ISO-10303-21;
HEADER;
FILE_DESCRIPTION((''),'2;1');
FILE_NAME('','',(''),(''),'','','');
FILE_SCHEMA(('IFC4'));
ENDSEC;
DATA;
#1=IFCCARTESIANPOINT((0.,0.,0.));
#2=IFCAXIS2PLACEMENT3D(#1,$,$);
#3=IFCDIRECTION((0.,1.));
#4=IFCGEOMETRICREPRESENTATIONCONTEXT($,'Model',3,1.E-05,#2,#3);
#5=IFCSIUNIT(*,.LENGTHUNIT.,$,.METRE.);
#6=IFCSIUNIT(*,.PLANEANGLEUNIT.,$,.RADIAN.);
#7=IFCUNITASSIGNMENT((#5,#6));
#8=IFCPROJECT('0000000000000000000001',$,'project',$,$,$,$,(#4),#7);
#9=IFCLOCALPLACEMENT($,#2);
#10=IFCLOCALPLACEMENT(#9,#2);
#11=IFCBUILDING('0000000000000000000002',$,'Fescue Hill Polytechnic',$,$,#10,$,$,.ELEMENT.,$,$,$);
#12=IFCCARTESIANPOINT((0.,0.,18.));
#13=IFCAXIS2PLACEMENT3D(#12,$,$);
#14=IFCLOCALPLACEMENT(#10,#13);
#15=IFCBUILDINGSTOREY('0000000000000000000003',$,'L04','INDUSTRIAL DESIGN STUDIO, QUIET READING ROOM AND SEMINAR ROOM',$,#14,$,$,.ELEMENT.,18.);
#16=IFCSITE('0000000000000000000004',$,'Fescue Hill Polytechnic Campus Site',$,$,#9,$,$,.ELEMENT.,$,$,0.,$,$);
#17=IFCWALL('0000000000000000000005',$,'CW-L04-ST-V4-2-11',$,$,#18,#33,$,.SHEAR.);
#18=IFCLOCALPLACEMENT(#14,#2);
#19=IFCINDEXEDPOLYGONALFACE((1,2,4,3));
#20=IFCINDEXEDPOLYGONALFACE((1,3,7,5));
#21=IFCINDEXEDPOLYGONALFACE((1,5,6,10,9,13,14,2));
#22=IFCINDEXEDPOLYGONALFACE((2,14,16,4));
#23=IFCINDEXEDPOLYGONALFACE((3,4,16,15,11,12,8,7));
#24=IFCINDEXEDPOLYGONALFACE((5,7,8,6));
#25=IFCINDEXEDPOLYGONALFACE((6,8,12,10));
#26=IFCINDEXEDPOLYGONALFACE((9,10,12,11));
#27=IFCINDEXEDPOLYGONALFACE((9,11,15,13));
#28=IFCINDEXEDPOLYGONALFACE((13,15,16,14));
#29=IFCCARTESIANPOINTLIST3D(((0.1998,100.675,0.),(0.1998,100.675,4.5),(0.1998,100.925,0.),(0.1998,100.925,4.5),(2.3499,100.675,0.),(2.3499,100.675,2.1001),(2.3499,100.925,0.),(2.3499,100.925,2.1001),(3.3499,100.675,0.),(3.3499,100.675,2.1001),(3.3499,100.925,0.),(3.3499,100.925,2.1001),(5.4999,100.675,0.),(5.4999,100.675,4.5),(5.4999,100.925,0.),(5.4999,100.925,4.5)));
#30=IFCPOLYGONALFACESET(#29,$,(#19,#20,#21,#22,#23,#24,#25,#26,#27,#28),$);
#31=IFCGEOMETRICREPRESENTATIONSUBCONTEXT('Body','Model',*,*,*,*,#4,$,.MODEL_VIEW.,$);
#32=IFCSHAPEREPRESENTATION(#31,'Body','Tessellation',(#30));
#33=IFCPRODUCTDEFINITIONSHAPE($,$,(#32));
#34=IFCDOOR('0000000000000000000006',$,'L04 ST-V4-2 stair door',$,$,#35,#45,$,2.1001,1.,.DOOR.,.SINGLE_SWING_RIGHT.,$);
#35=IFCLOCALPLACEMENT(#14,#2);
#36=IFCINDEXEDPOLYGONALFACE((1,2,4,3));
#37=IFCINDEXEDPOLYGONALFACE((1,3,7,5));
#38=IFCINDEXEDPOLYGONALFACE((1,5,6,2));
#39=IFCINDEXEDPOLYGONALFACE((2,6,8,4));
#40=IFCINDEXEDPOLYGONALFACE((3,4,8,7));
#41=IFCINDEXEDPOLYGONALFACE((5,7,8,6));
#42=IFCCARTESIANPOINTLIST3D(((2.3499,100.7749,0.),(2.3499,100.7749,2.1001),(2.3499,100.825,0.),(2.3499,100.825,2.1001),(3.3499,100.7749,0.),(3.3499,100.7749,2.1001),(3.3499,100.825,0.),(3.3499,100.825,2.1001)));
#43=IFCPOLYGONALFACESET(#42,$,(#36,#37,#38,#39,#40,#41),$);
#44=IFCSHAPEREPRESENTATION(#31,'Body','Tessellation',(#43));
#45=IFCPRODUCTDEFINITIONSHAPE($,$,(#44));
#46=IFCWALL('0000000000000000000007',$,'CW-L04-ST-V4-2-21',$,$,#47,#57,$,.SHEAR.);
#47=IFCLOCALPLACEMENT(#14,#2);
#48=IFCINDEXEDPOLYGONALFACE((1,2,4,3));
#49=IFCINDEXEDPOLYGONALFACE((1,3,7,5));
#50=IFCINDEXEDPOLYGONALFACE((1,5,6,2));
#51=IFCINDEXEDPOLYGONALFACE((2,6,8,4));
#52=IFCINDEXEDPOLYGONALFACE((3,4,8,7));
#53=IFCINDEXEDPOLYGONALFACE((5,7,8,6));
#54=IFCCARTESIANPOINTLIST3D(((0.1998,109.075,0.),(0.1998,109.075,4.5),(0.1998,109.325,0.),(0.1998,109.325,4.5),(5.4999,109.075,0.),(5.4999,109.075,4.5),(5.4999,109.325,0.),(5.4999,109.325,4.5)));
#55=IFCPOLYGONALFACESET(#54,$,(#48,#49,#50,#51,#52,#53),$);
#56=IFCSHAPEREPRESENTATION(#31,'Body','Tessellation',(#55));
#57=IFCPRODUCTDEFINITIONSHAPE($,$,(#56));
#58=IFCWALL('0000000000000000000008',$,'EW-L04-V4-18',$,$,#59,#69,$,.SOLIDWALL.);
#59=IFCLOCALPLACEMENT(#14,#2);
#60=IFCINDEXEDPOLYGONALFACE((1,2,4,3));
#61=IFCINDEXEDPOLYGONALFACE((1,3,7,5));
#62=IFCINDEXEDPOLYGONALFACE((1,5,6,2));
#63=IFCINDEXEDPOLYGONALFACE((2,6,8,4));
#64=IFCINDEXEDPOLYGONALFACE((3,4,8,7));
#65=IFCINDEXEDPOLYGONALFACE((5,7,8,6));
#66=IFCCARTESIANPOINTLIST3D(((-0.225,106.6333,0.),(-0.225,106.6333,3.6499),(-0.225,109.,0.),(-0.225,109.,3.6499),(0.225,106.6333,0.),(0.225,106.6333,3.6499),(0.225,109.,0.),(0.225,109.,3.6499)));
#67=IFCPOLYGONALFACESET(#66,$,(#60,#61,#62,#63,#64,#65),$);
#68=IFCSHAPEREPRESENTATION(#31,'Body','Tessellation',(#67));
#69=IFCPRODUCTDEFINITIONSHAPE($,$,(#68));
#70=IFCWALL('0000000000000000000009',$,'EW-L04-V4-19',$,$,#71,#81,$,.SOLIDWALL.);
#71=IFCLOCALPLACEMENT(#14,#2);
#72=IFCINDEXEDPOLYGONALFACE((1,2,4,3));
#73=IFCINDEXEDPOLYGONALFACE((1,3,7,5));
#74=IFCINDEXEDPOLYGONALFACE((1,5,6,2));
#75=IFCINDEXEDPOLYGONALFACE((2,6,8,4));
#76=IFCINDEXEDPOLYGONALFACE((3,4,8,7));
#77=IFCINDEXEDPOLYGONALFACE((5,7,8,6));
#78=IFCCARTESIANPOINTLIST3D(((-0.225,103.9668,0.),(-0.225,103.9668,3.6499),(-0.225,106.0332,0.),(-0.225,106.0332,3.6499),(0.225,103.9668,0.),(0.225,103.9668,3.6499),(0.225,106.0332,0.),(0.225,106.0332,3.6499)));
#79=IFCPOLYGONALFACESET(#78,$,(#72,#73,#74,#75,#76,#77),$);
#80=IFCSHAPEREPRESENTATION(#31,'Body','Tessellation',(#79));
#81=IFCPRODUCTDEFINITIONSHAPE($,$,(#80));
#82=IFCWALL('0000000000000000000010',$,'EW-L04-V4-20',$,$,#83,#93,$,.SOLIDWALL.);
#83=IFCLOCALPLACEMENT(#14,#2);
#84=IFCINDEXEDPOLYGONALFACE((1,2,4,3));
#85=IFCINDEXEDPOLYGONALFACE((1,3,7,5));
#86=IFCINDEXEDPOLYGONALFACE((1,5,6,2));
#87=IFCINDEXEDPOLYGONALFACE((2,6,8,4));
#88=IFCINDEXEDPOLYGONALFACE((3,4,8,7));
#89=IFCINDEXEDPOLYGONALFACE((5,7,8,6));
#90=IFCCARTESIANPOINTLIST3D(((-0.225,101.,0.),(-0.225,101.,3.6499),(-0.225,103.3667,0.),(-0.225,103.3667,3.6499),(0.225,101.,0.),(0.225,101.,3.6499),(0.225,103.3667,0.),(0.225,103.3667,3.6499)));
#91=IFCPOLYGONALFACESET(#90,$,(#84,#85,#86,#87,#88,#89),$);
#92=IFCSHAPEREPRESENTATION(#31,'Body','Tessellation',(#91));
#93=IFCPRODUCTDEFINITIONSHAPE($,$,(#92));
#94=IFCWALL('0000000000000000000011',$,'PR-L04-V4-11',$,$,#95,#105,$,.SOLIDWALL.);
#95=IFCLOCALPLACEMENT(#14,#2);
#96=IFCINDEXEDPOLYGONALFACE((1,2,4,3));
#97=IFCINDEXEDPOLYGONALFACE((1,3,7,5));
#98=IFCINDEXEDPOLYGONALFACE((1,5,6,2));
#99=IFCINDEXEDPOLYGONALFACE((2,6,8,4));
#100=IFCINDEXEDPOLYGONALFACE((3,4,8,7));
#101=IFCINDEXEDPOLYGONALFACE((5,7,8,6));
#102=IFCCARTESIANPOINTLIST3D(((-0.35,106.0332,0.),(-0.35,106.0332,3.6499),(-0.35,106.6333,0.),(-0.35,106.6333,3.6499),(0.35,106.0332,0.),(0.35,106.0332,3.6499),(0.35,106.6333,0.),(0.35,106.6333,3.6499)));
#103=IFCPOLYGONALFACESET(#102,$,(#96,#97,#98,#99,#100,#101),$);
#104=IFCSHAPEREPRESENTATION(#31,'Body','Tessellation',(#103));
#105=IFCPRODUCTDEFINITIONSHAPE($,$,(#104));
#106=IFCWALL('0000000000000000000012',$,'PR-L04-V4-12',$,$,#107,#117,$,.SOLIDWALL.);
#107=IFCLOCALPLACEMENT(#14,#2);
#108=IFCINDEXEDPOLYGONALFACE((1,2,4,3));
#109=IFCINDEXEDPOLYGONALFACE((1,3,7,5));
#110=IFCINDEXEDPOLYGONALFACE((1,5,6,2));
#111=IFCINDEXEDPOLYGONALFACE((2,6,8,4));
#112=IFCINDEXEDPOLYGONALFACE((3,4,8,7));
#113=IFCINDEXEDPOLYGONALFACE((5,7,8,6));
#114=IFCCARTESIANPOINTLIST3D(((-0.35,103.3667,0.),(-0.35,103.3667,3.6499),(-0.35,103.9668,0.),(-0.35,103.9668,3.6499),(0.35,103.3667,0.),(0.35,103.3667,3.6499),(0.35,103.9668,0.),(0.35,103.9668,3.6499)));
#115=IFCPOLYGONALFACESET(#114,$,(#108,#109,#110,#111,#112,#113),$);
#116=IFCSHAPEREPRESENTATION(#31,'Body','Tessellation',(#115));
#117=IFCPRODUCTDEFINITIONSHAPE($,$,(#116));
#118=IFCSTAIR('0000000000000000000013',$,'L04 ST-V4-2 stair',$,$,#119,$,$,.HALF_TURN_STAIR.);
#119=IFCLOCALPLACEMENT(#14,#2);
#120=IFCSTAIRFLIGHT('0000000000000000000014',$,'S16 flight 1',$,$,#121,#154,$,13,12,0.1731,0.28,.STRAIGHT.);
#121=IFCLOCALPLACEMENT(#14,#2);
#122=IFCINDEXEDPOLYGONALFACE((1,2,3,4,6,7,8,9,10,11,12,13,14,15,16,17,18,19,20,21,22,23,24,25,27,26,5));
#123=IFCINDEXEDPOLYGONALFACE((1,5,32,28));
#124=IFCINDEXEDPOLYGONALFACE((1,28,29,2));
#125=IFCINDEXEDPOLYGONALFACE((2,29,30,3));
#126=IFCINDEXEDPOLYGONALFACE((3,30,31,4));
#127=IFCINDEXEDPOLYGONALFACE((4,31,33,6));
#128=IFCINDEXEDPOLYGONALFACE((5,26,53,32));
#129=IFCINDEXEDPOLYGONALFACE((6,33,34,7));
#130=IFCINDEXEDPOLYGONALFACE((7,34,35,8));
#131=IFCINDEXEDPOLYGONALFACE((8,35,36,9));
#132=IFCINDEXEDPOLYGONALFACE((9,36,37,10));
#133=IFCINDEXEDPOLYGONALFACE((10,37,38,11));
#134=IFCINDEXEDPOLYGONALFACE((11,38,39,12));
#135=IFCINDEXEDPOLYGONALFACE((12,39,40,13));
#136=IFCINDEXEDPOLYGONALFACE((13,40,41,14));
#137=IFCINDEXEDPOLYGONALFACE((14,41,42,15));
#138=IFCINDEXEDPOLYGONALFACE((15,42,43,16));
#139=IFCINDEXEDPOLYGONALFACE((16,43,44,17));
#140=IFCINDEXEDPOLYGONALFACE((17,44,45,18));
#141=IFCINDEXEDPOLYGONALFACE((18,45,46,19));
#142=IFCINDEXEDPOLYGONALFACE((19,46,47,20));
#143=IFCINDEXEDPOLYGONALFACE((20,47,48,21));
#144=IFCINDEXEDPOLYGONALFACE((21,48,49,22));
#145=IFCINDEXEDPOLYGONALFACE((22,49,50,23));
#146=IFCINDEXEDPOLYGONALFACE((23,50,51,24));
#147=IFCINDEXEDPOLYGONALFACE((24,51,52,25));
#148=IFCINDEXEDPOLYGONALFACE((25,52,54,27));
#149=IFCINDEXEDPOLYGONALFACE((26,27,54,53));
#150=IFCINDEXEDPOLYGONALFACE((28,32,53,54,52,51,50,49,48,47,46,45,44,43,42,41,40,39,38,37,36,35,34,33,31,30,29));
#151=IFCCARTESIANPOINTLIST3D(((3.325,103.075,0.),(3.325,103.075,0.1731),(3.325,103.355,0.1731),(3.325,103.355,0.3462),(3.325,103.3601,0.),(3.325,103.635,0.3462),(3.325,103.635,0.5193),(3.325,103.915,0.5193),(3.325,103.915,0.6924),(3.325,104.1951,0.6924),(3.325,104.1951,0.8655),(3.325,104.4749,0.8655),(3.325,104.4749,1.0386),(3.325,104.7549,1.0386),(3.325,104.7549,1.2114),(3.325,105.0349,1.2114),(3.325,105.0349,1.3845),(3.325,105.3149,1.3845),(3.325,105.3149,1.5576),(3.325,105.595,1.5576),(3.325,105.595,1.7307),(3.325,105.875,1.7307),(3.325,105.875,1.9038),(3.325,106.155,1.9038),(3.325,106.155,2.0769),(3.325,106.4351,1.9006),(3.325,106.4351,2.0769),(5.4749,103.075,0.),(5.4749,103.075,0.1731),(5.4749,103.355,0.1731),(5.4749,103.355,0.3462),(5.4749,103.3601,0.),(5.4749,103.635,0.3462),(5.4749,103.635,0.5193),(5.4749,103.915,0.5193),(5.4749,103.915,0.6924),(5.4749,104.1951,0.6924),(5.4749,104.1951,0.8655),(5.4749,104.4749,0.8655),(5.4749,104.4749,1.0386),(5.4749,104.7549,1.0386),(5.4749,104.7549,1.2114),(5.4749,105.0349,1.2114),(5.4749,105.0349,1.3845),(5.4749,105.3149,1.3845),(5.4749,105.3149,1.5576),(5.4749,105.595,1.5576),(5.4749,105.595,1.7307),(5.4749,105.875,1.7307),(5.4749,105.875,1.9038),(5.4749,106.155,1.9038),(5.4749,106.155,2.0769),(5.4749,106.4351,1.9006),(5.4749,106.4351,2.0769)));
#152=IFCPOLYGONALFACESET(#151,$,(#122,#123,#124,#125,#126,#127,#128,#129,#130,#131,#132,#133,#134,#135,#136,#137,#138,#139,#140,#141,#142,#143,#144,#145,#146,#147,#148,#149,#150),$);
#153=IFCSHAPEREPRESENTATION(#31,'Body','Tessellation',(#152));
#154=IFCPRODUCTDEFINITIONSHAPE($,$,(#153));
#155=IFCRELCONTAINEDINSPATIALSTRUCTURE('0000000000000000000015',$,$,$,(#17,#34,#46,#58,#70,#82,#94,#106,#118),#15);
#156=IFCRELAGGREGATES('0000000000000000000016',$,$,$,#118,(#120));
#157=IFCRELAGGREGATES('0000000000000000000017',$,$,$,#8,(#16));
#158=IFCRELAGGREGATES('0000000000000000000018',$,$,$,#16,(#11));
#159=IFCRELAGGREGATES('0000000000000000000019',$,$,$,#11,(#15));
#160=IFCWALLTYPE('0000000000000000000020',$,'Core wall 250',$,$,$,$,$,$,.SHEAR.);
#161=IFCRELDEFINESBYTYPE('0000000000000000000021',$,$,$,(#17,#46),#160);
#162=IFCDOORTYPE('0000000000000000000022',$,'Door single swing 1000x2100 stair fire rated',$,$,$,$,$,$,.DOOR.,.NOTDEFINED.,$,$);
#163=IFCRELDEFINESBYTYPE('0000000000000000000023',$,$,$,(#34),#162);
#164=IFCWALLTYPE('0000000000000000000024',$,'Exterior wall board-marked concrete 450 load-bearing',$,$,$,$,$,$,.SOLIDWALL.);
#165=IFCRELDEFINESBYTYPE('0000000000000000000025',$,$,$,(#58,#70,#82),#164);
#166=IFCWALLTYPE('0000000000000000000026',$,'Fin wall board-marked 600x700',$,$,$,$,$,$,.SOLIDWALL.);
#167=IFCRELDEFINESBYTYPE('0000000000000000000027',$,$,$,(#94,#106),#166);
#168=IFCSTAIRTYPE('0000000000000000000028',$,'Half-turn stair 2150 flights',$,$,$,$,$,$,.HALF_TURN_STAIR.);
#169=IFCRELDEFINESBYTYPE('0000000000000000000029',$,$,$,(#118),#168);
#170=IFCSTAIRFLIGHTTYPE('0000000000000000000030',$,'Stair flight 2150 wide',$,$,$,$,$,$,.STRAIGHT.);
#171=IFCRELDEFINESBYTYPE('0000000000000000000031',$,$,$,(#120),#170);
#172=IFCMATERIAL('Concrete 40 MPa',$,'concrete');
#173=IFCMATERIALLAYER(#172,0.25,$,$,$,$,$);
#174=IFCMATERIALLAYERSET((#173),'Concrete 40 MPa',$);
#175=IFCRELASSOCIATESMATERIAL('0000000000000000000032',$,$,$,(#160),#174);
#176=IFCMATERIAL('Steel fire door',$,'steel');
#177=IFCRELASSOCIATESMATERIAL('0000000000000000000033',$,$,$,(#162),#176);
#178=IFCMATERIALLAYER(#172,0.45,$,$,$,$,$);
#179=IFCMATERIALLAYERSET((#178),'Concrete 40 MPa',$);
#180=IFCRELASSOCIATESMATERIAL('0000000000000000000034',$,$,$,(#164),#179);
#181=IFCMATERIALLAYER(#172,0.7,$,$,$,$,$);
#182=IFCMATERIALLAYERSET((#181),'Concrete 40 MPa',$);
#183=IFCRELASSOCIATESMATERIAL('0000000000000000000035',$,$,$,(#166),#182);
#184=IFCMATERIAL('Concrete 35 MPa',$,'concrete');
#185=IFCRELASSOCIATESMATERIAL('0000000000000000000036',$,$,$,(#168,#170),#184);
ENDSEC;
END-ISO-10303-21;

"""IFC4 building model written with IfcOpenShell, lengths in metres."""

from ifc_helpers import new_model, si_unit, direction, frame, frame_2d, origin, place, context, subcontext, project, spatial, polyline, rectangle, outline, extrude, material, layer, layer_set, type_object, element, fill, aggregate, save


model = new_model("IFC4")

# Units and contexts
model_context = context("Model", 3, precision=1e-05, world=origin(), true_north=direction((0.0, 1.0)))
body_context = subcontext(model_context, "Body", "Model", "MODEL_VIEW")
ifc_project = project(units=[si_unit("LENGTHUNIT", "METRE"), si_unit("PLANEANGLEUNIT", "RADIAN")], contexts=[model_context])

# Site, building, storey
site_placement = place(None, origin())
site = spatial("IfcSite", under=ifc_project, at=site_placement, Name="Fescue Hill Polytechnic Campus Site", CompositionType="ELEMENT", RefElevation=0.0)
building_placement = place(site_placement, origin())
building = spatial("IfcBuilding", under=site, at=building_placement, Name="Fescue Hill Polytechnic", CompositionType="ELEMENT")
storey_placement = place(building_placement, frame((0.0, 0.0, 18.0)))
storey = spatial("IfcBuildingStorey", under=building, at=storey_placement, Name="L04", Description="INDUSTRIAL DESIGN STUDIO, QUIET READING ROOM AND SEMINAR ROOM", CompositionType="ELEMENT", Elevation=18.0)

# Shared definitions
ifc_material_1 = material(Name="Concrete 40 MPa", Category="concrete")

# Shared definitions
ifc_material_2 = material(Name="Concrete 35 MPa", Category="concrete")

# Wall, opening, door
ifc_layer_1 = layer(ifc_material_1, 0.25)
ifc_layer_set_1 = layer_set([ifc_layer_1], Name="Concrete 40 MPa")
wall_type_1 = type_object("IfcWallType", Name="Core wall 250", PredefinedType="SHEAR", material=ifc_layer_set_1)
wall_1_placement = place(storey_placement, frame((0.2, 100.8, 0.0), z_axis=(0.0, 0.0, 1.0), x_axis=(1.0, 0.0, 0.0)))
wall_1 = element("IfcWall", 1, at=wall_1_placement, inside=storey, type_object=wall_type_1, Name="CW-L04-ST-V4-2-11", PredefinedType="SHEAR", context=body_context, shape_type="SweptSolid", body=[
    extrude(rectangle(XDim=5.3, YDim=0.25, at=frame_2d((2.6499, 0.0))), origin(), (0.0, 0.0, 1.0), 4.5),
])
opening_placement = place(wall_1_placement, frame((2.1499, 0.0, 0.0)))
opening = element("IfcOpeningElement", 2, at=opening_placement, cuts=wall_1, PredefinedType="OPENING", context=body_context, shape_type="SweptSolid", body=[
    extrude(rectangle(XDim=1.0, YDim=2.1001, at=frame_2d((0.5, 1.05))), frame((0.0, 0.135, 0.0), z_axis=(0.0, -1.0, 0.0), x_axis=(1.0, 0.0, 0.0)), (0.0, 0.0, 1.0), 0.27),
])
ifc_material_3 = material(Name="Steel fire door", Category="steel")
door_type = type_object("IfcDoorType", Name="Door single swing 1000x2100 stair fire rated", OperationType="NOTDEFINED", PredefinedType="DOOR", material=ifc_material_3)
door_placement = place(opening_placement, origin())
door = element("IfcDoor", 3, at=door_placement, inside=storey, type_object=door_type, Name="L04 ST-V4-2 stair door", OperationType="SINGLE_SWING_RIGHT", OverallHeight=2.1001, OverallWidth=1.0, PredefinedType="DOOR", context=body_context, shape_type="SweptSolid", body=[
    extrude(rectangle(XDim=1.0, YDim=2.1001, at=frame_2d((0.5, 1.05))), frame((0.0, 0.0249, 0.0), z_axis=(0.0, -1.0, 0.0), x_axis=(1.0, 0.0, 0.0)), (0.0, 0.0, 1.0), 0.05),
])
fill(opening, door)

# Walls
wall_2_placement = place(storey_placement, frame((0.2, 109.2, 0.0), z_axis=(0.0, 0.0, 1.0), x_axis=(1.0, 0.0, 0.0)))
element("IfcWall", 4, at=wall_2_placement, inside=storey, type_object=wall_type_1, Name="CW-L04-ST-V4-2-21", PredefinedType="SHEAR", context=body_context, shape_type="SweptSolid", body=[
    extrude(rectangle(XDim=5.3, YDim=0.25, at=frame_2d((2.6499, 0.0))), origin(), (0.0, 0.0, 1.0), 4.5),
])
ifc_layer_2 = layer(ifc_material_1, 0.45)
ifc_layer_set_2 = layer_set([ifc_layer_2], Name="Concrete 40 MPa")
wall_type_2 = type_object("IfcWallType", Name="Exterior wall board-marked concrete 450 load-bearing", PredefinedType="SOLIDWALL", material=ifc_layer_set_2)
wall_3_placement = place(storey_placement, frame((0.0, 109.0, 0.0), z_axis=(0.0, 0.0, 1.0), x_axis=(0.0, -1.0, 0.0)))
element("IfcWall", 5, at=wall_3_placement, inside=storey, type_object=wall_type_2, Name="EW-L04-V4-18", PredefinedType="SOLIDWALL", context=body_context, shape_type="SweptSolid", body=[
    extrude(rectangle(XDim=2.3667, YDim=0.45, at=frame_2d((1.1833, 0.0))), origin(), (0.0, 0.0, 1.0), 3.6499),
])
wall_4_placement = place(storey_placement, frame((0.0, 106.0332, 0.0), z_axis=(0.0, 0.0, 1.0), x_axis=(0.0, -1.0, 0.0)))
element("IfcWall", 6, at=wall_4_placement, inside=storey, type_object=wall_type_2, Name="EW-L04-V4-19", PredefinedType="SOLIDWALL", context=body_context, shape_type="SweptSolid", body=[
    extrude(rectangle(XDim=2.0664, YDim=0.45, at=frame_2d((1.0332, 0.0))), origin(), (0.0, 0.0, 1.0), 3.6499),
])
wall_5_placement = place(storey_placement, frame((0.0, 103.3667, 0.0), z_axis=(0.0, 0.0, 1.0), x_axis=(0.0, -1.0, 0.0)))
element("IfcWall", 7, at=wall_5_placement, inside=storey, type_object=wall_type_2, Name="EW-L04-V4-20", PredefinedType="SOLIDWALL", context=body_context, shape_type="SweptSolid", body=[
    extrude(rectangle(XDim=2.3667, YDim=0.45, at=frame_2d((1.1833, 0.0))), origin(), (0.0, 0.0, 1.0), 3.6499),
])
ifc_layer_3 = layer(ifc_material_1, 0.7)
ifc_layer_set_3 = layer_set([ifc_layer_3], Name="Concrete 40 MPa")
wall_type_3 = type_object("IfcWallType", Name="Fin wall board-marked 600x700", PredefinedType="SOLIDWALL", material=ifc_layer_set_3)
for number, where, z_axis, x_axis, name in (
    (8, (0.0, 106.6333, 0.0), (0.0, 0.0, 1.0), (0.0, -1.0, 0.0), "PR-L04-V4-11"),
    (9, (0.0, 103.9668, 0.0), (0.0, 0.0, 1.0), (0.0, -1.0, 0.0), "PR-L04-V4-12"),
):
    element("IfcWall", number, at=place(storey_placement, frame(where, z_axis=z_axis, x_axis=x_axis)), inside=storey, type_object=wall_type_3, Name=name, PredefinedType="SOLIDWALL", context=body_context, shape_type="SweptSolid", body=[
        extrude(rectangle(XDim=0.6001, YDim=0.7, at=frame_2d((0.3, 0.0))), origin(), (0.0, 0.0, 1.0), 3.6499),
    ])

# Stair, stair flight
stair_type = type_object("IfcStairType", Name="Half-turn stair 2150 flights", PredefinedType="HALF_TURN_STAIR", material=ifc_material_2)
stair_1_placement = place(storey_placement, origin())
stair_1 = element("IfcStair", 10, at=stair_1_placement, inside=storey, type_object=stair_type, Name="L04 ST-V4-2 stair", PredefinedType="HALF_TURN_STAIR")
stair_flight_type = type_object("IfcStairFlightType", Name="Stair flight 2150 wide", PredefinedType="STRAIGHT", material=ifc_material_2)
stair_flight_1_placement = place(storey_placement, frame((4.3999, 103.075, 0.0), z_axis=(0.0, 0.0, 1.0), x_axis=(0.0, 1.0, 0.0)))
stair_flight_1 = element("IfcStairFlight", 11, at=stair_flight_1_placement, type_object=stair_flight_type, Name="S16 flight 1", NumberOfRisers=13, NumberOfTreads=12, PredefinedType="STRAIGHT", RiserHeight=0.1731, TreadLength=0.28, context=body_context, shape_type="SweptSolid", body=[
    extrude(outline(polyline([(0.0, 0.0), (0.0, 0.1731), (0.28, 0.1731), (0.28, 0.3462), (0.5601, 0.3462), (0.5601, 0.5193), (0.8401, 0.5193), (0.8401, 0.6924), (1.1201, 0.6924), (1.1201, 0.8655), (1.3999, 0.8655), (1.3999, 1.0386), (1.6799, 1.0386), (1.6799, 1.2114), (1.96, 1.2114), (1.96, 1.3845), (2.24, 1.3845), (2.24, 1.5576), (2.52, 1.5576), (2.52, 1.7307), (2.8, 1.7307), (2.8, 1.9038), (3.0801, 1.9038), (3.0801, 2.0769), (3.3601, 2.0769), (3.3601, 2.25), (3.3601, 1.9006), (0.2852, 0.0), (0.0, 0.0)])), frame((0.0, 1.075, 0.0), z_axis=(0.0, -1.0, 0.0), x_axis=(1.0, 0.0, 0.0)), (0.0, 0.0, 1.0), 2.1499),
])
aggregate(stair_1, [stair_flight_1])

save(model, "model.ifc")
